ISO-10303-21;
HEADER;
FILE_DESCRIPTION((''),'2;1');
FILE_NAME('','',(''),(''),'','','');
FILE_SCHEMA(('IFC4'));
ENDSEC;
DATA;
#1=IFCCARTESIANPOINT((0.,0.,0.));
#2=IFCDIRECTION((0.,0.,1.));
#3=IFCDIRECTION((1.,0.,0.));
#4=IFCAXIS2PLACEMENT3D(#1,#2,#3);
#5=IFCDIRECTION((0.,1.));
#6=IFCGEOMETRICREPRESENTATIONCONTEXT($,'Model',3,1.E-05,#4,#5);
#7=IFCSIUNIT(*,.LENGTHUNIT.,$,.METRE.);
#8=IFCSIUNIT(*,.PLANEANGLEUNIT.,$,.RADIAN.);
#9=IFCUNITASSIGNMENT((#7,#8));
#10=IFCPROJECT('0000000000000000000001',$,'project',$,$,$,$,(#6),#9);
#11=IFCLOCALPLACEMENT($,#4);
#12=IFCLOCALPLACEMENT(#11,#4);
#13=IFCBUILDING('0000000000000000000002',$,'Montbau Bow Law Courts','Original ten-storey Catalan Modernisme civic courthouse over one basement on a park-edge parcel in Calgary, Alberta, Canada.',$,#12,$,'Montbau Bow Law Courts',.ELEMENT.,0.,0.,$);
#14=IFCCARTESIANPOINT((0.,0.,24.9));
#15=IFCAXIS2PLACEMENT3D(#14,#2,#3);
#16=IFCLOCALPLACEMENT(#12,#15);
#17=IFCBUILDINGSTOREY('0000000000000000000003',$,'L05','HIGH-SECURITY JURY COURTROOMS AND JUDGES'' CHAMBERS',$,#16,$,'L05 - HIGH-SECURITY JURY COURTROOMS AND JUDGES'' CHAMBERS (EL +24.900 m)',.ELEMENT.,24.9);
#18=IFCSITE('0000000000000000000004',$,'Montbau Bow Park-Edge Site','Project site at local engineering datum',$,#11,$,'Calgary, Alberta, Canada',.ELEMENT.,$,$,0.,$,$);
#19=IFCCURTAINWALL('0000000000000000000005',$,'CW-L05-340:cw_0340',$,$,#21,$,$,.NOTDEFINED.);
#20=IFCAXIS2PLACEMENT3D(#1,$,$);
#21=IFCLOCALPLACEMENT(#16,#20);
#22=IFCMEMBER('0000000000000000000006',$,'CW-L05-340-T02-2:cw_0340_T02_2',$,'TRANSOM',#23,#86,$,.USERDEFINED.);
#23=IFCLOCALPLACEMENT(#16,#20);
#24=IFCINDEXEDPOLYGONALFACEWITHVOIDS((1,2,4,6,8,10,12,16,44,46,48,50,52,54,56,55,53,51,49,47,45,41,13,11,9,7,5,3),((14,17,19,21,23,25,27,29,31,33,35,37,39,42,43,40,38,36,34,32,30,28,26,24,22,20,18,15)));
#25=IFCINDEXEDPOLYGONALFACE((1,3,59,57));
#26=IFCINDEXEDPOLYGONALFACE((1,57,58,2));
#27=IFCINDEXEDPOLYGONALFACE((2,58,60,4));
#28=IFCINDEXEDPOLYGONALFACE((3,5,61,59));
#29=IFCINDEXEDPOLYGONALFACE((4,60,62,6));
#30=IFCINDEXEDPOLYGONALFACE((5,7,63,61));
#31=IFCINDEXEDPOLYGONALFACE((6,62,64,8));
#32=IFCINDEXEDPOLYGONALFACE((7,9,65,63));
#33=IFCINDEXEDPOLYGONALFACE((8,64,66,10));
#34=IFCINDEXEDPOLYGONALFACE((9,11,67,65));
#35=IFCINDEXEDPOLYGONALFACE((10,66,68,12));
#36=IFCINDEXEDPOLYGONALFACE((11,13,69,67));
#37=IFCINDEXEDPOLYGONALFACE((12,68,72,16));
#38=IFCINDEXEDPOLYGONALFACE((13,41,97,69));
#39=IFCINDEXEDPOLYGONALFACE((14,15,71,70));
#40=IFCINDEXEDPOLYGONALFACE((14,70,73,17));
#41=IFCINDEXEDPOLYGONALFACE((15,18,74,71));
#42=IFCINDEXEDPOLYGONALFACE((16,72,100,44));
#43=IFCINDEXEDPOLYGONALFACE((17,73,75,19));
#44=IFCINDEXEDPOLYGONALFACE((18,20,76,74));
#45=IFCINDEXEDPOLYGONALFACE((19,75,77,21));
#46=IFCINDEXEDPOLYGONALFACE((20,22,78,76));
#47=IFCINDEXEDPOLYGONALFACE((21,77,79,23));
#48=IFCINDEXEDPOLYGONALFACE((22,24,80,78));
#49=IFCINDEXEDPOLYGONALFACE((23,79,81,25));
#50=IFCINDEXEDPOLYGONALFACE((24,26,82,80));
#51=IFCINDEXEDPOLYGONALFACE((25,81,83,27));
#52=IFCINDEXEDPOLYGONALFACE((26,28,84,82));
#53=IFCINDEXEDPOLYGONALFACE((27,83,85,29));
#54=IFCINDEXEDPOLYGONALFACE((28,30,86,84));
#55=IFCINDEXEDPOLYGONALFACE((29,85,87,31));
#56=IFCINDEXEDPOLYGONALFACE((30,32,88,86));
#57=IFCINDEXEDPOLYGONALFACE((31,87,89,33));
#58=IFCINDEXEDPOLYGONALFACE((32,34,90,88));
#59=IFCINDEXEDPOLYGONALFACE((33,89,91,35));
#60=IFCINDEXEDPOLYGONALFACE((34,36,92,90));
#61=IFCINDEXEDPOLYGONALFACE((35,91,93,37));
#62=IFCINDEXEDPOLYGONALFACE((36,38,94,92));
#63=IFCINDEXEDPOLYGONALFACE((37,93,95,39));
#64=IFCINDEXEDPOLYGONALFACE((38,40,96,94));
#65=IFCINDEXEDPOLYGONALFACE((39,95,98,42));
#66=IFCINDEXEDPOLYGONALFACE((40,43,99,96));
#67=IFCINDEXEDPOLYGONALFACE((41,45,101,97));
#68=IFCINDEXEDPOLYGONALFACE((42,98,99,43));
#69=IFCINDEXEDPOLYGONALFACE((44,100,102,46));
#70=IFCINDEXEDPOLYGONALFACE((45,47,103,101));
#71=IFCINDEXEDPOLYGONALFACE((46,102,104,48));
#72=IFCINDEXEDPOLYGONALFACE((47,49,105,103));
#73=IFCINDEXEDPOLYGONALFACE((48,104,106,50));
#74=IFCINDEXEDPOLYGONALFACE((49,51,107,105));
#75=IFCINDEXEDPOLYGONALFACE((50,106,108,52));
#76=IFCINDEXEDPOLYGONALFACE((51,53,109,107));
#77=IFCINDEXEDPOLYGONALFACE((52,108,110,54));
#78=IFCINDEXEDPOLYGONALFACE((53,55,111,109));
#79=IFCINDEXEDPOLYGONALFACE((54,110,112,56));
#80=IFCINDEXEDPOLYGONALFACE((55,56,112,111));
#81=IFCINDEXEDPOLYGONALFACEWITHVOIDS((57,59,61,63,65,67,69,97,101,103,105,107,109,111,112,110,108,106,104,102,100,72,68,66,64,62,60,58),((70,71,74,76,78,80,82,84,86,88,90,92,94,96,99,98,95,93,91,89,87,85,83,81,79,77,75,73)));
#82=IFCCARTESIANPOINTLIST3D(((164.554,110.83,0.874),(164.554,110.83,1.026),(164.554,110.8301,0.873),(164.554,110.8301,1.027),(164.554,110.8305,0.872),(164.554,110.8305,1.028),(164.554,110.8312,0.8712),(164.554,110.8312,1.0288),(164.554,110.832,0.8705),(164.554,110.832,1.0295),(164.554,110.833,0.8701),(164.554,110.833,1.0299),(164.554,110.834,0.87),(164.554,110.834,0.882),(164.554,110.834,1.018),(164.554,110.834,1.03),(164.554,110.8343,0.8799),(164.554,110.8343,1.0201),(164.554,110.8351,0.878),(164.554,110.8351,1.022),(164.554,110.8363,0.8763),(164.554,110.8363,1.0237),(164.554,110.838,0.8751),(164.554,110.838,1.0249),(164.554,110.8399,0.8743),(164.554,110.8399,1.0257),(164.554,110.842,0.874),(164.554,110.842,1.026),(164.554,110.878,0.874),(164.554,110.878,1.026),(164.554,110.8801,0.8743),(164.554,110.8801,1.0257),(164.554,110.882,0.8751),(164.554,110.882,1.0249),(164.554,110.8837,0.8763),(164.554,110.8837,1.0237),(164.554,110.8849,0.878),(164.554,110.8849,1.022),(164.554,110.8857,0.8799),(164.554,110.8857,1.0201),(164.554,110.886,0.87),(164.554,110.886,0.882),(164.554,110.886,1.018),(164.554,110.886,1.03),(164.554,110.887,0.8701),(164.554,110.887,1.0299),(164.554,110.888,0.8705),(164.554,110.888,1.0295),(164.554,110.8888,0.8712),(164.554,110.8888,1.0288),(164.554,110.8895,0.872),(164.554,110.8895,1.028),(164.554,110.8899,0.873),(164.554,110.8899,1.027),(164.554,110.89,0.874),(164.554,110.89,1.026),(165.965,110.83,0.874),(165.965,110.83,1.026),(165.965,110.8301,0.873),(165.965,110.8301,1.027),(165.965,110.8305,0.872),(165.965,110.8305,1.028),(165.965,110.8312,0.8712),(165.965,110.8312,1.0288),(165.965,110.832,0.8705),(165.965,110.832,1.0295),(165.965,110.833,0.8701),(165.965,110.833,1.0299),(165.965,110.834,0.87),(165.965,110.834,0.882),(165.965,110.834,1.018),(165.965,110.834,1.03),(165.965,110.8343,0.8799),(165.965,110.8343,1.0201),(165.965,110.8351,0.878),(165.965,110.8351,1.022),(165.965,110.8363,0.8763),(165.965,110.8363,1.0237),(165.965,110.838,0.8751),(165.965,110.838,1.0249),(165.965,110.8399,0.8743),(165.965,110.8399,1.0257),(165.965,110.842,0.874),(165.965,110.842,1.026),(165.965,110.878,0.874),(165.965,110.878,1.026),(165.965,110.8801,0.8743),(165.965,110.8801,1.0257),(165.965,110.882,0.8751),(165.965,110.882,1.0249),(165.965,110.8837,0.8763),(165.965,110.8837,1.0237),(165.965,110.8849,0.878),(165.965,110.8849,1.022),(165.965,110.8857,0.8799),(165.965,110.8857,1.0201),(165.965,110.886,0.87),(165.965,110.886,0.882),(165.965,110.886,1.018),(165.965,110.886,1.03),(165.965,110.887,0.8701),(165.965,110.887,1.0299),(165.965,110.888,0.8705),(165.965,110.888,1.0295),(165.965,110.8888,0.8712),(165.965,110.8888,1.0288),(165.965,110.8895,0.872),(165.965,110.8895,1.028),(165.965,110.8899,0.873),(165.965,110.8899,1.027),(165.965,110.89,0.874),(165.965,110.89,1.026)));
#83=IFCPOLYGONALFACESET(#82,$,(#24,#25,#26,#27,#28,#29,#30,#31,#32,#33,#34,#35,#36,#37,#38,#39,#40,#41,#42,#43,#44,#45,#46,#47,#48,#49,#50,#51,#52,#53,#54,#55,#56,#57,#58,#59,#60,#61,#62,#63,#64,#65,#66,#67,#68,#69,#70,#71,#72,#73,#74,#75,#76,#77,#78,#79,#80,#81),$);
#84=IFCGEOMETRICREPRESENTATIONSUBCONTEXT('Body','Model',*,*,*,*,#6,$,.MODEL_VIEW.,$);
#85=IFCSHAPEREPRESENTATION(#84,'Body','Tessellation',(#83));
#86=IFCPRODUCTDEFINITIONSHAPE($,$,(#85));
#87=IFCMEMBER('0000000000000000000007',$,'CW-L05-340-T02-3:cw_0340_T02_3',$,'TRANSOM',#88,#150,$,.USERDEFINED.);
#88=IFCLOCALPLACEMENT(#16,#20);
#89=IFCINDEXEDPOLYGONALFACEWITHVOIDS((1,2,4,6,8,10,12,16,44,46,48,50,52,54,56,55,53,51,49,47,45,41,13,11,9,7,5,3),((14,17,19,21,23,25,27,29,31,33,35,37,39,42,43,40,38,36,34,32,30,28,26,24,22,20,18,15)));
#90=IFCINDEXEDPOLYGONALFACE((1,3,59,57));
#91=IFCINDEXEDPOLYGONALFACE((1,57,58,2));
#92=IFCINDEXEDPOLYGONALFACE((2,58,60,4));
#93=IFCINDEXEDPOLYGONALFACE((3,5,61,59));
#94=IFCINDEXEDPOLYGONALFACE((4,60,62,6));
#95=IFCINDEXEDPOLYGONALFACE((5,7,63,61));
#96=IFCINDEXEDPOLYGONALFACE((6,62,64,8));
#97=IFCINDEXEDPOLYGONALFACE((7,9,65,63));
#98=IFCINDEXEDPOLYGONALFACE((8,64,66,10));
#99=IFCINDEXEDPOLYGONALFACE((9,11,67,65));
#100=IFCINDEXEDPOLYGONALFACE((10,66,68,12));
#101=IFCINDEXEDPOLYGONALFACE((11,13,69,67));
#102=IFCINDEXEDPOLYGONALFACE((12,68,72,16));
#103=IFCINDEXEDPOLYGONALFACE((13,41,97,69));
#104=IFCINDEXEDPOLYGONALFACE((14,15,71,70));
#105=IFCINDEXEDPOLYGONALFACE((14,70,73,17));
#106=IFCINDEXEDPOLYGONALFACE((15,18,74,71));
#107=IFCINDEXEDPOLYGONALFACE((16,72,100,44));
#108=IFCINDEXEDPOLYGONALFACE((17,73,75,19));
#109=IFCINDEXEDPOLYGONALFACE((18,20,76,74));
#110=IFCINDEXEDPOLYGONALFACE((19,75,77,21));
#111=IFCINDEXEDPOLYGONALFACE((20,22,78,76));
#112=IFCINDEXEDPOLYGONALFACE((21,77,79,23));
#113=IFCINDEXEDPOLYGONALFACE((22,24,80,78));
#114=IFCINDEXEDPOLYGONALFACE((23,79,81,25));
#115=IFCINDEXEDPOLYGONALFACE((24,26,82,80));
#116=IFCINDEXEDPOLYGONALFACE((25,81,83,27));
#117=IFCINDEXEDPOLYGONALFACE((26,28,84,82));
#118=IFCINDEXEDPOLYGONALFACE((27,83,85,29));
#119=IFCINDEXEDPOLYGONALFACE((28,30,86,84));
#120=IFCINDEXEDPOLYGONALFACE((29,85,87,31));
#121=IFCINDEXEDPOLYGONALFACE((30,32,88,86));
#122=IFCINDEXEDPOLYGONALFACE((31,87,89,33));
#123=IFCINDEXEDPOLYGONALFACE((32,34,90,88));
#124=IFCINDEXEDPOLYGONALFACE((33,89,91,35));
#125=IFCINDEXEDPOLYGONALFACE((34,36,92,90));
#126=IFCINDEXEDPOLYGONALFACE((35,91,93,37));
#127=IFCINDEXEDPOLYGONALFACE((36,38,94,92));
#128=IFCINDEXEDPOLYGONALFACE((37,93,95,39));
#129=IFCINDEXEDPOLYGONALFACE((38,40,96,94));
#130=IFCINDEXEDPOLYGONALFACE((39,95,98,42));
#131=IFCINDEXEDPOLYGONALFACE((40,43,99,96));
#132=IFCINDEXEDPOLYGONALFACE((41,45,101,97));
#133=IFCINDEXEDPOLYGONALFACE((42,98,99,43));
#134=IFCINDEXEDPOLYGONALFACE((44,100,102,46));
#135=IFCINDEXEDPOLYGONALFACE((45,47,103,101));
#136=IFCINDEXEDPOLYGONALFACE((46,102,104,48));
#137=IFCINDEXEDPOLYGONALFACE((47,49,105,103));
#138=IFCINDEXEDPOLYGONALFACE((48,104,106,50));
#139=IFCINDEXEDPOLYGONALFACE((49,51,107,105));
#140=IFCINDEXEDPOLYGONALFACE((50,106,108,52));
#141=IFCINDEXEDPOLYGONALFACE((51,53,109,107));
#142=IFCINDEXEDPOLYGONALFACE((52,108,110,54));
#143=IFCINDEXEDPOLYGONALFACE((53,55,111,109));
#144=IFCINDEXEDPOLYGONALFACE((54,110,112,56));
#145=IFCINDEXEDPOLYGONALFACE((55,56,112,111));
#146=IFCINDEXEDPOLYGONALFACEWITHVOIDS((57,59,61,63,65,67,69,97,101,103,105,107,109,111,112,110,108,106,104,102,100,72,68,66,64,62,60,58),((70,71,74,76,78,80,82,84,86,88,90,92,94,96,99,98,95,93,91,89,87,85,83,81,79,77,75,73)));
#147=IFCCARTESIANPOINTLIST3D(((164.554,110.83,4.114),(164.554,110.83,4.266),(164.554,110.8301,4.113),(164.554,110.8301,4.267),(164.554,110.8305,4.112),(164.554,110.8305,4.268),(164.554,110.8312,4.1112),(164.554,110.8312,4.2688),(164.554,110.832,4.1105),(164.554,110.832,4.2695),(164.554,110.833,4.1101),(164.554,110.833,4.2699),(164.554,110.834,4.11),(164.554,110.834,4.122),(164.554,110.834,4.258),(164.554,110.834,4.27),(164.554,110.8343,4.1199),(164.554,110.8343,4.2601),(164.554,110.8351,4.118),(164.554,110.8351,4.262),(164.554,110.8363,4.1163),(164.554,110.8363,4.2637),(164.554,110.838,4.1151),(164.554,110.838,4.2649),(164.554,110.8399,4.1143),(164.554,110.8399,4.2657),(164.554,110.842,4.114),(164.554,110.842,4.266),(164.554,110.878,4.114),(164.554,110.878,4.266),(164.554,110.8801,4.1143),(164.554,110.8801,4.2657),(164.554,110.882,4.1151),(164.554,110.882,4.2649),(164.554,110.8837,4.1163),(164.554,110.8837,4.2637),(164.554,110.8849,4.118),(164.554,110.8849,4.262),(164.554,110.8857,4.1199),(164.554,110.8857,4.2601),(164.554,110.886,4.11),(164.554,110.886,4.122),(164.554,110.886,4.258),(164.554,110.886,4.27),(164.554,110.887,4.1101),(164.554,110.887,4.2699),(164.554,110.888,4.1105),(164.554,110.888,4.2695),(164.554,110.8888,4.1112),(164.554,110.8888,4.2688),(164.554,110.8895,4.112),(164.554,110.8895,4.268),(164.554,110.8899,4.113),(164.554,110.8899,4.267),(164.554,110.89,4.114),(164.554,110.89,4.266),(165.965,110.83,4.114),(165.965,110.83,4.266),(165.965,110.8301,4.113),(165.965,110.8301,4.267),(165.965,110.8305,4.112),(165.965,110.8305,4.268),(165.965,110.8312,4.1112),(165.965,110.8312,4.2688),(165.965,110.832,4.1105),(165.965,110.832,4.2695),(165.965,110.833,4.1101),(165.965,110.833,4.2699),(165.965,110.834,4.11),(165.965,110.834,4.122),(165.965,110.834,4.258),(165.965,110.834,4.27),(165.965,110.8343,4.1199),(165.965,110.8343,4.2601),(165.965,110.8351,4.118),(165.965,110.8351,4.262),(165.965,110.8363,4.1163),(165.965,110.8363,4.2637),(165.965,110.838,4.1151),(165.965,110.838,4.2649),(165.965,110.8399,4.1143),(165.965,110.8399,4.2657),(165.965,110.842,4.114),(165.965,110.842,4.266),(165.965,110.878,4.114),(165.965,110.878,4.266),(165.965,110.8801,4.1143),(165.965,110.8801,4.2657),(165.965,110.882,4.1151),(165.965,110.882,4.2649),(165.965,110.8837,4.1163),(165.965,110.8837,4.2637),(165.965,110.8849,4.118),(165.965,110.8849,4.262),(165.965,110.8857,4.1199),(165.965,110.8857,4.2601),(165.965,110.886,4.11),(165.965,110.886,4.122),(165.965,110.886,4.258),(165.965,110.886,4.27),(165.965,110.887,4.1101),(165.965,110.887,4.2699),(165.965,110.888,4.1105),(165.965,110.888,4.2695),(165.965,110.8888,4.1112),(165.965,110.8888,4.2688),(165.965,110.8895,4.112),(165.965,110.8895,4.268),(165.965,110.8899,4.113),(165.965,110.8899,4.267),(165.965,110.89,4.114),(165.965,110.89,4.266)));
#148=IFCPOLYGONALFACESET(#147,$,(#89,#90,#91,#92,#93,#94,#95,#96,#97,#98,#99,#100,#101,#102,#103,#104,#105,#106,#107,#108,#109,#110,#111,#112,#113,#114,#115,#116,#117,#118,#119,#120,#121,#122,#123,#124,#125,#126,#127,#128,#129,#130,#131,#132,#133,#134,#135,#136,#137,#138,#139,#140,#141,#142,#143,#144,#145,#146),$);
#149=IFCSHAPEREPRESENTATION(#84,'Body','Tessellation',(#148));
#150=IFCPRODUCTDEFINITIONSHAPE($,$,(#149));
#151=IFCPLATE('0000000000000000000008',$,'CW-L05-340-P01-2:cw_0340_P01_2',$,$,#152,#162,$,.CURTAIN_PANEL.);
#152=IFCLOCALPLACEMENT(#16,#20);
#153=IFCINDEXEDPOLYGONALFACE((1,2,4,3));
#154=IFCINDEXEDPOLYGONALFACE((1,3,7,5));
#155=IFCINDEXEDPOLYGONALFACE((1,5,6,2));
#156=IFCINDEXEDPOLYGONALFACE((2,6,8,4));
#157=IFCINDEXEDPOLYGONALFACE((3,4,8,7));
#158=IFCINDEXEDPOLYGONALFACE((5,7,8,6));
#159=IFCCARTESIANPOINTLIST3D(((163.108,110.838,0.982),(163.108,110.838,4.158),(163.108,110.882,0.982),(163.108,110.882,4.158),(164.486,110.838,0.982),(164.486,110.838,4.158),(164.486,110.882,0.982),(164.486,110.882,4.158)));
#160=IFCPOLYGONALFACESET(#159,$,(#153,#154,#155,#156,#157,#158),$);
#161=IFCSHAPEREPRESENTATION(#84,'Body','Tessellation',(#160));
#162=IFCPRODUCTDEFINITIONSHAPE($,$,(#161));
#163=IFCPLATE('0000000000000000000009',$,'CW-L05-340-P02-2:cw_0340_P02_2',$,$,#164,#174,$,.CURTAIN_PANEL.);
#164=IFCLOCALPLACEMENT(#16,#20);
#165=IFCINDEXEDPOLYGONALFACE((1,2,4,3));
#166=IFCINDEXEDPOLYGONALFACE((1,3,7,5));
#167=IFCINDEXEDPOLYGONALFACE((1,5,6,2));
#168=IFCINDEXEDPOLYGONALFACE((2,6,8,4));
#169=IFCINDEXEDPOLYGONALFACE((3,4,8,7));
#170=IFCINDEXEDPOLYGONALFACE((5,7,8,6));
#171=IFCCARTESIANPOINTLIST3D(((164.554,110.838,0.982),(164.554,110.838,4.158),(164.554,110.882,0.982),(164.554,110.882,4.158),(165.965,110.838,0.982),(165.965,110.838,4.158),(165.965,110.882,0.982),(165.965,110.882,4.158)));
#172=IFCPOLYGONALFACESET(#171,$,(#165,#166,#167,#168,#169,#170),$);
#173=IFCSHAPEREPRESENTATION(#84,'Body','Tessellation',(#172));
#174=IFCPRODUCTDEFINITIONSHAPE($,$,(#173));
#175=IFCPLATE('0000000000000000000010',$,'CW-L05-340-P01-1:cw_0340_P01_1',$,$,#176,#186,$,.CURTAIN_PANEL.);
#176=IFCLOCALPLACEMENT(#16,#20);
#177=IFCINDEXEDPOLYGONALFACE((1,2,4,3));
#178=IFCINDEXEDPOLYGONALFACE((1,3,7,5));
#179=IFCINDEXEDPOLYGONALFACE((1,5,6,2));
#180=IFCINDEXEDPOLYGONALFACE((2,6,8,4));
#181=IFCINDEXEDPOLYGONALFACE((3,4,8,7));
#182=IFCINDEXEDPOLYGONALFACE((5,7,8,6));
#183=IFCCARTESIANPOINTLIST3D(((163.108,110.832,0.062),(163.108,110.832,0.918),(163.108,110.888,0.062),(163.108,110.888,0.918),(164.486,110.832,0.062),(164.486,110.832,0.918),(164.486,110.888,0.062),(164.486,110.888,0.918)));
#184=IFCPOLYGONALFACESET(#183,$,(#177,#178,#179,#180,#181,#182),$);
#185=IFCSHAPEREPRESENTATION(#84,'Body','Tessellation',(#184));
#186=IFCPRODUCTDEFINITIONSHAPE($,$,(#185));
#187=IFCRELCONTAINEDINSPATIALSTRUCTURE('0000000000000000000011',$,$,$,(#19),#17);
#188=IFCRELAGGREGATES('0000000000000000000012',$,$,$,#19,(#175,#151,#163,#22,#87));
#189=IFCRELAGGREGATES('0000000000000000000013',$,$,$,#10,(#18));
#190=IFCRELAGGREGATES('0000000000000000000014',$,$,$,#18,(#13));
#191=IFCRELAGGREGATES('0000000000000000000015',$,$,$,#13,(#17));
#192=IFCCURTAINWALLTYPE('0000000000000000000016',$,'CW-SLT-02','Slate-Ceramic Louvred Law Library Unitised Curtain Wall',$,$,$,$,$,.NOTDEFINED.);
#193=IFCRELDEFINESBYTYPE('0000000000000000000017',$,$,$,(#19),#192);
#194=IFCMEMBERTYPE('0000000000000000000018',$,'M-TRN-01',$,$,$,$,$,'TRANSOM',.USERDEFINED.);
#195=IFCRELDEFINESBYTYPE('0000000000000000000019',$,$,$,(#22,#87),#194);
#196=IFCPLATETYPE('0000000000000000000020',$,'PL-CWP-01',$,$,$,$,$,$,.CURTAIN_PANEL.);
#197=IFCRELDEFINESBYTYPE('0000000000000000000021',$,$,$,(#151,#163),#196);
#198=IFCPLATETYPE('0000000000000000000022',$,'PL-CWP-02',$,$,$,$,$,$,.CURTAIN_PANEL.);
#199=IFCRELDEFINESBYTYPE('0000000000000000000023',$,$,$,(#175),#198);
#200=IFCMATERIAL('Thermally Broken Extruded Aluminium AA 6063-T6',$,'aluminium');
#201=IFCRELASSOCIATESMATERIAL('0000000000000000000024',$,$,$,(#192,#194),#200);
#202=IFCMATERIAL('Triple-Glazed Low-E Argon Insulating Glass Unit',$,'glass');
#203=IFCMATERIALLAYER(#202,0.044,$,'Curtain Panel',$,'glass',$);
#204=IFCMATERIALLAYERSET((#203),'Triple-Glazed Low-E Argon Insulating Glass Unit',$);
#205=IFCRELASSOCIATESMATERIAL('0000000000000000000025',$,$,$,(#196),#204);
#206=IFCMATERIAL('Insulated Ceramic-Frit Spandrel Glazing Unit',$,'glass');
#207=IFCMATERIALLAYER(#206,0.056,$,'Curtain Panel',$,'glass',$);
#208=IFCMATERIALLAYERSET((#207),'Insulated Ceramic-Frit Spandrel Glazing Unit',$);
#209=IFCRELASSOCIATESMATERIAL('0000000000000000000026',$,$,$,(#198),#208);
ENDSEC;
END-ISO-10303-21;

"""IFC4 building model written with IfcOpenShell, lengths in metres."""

from ifc_helpers import new_model, si_unit, direction, frame, frame_2d, origin_with_axes, origin_2d_with_axis, place, context, subcontext, project, spatial, rectangle, hollow_rectangle, extrude, material, layer, layer_set, material_profile, profile_set, type_object, element, aggregate, save


model = new_model("IFC4")

# Units and contexts
model_context = context("Model", 3, precision=1e-05, world=origin_with_axes(), true_north=direction((0.0, 1.0)))
body_context = subcontext(model_context, "Body", "Model", "MODEL_VIEW")
ifc_project = project(units=[si_unit("LENGTHUNIT", "METRE"), si_unit("PLANEANGLEUNIT", "RADIAN")], contexts=[model_context])

# Site, building, storey
site_placement = place(None, origin_with_axes())
site = spatial("IfcSite", under=ifc_project, at=site_placement, Name="Montbau Bow Park-Edge Site", Description="Project site at local engineering datum", LongName="Calgary, Alberta, Canada", CompositionType="ELEMENT", RefElevation=0.0)
building_placement = place(site_placement, origin_with_axes())
building = spatial("IfcBuilding", under=site, at=building_placement, Name="Montbau Bow Law Courts", Description="Original ten-storey Catalan Modernisme civic courthouse over one basement on a park-edge parcel in Calgary, Alberta, Canada.", LongName="Montbau Bow Law Courts", CompositionType="ELEMENT", ElevationOfRefHeight=0.0, ElevationOfTerrain=0.0)
storey_placement = place(building_placement, frame((0.0, 0.0, 24.9), z_axis=(0.0, 0.0, 1.0), x_axis=(1.0, 0.0, 0.0)))
storey = spatial("IfcBuildingStorey", under=building, at=storey_placement, Name="L05", Description="HIGH-SECURITY JURY COURTROOMS AND JUDGES' CHAMBERS", LongName="L05 - HIGH-SECURITY JURY COURTROOMS AND JUDGES' CHAMBERS (EL +24.900 m)", CompositionType="ELEMENT", Elevation=24.9)

# Curtain wall, members, plates
ifc_material_1 = material(Name="Thermally Broken Extruded Aluminium AA 6063-T6", Category="aluminium")
curtain_wall_type = type_object("IfcCurtainWallType", Name="CW-SLT-02", Description="Slate-Ceramic Louvred Law Library Unitised Curtain Wall", PredefinedType="NOTDEFINED", material=ifc_material_1)
curtain_wall_placement = place(None, frame((163.04, 110.86, 24.9), z_axis=(0.0, 0.0, 1.0), x_axis=(1.0, 0.0, 0.0)))
curtain_wall = element("IfcCurtainWall", 1, at=curtain_wall_placement, inside=storey, type_object=curtain_wall_type, Name="CW-L05-340:cw_0340", PredefinedType="NOTDEFINED")
ifc_material_profile_1 = material_profile(ifc_material_1, hollow_rectangle(XDim=0.06, YDim=0.16, WallThickness=0.004, InnerFilletRadius=0.008, OuterFilletRadius=0.004, at=origin_2d_with_axis()), Name="CWT-160X60", Category="Main", Priority=0)
ifc_profile_set_1 = profile_set([ifc_material_profile_1], Name="Thermally Broken Extruded Aluminium AA 6063-T6")
member_type_1 = type_object("IfcMemberType", Name="M-TRN-01", ElementType="TRANSOM", PredefinedType="USERDEFINED", material=ifc_profile_set_1)
member_1_placement = place(None, frame((164.554, 110.86, 25.85), z_axis=(1.0, 0.0, 0.0), x_axis=(0.0, 1.0, 0.0)))
member_1 = element("IfcMember", 2, at=member_1_placement, type_object=member_type_1, Name="CW-L05-340-T02-2:cw_0340_T02_2", ObjectType="TRANSOM", PredefinedType="USERDEFINED", context=body_context, shape_type="SweptSolid", body=[
    extrude(hollow_rectangle(XDim=0.06, YDim=0.16, WallThickness=0.004, InnerFilletRadius=0.008, OuterFilletRadius=0.004, at=origin_2d_with_axis()), origin_with_axes(), (0.0, 0.0, 1.0), 1.411),
])
member_2_placement = place(None, frame((164.554, 110.86, 29.09), z_axis=(1.0, 0.0, 0.0), x_axis=(0.0, 1.0, 0.0)))
member_2 = element("IfcMember", 3, at=member_2_placement, type_object=member_type_1, Name="CW-L05-340-T02-3:cw_0340_T02_3", ObjectType="TRANSOM", PredefinedType="USERDEFINED", context=body_context, shape_type="SweptSolid", body=[
    extrude(hollow_rectangle(XDim=0.06, YDim=0.16, WallThickness=0.004, InnerFilletRadius=0.008, OuterFilletRadius=0.004, at=origin_2d_with_axis()), origin_with_axes(), (0.0, 0.0, 1.0), 1.411),
])
ifc_material_2 = material(Name="Triple-Glazed Low-E Argon Insulating Glass Unit", Category="glass")
ifc_layer_1 = layer(ifc_material_2, 0.044, Name="Curtain Panel", Category="glass")
ifc_layer_set_1 = layer_set([ifc_layer_1], Name="Triple-Glazed Low-E Argon Insulating Glass Unit")
plate_type_1 = type_object("IfcPlateType", Name="PL-CWP-01", PredefinedType="CURTAIN_PANEL", material=ifc_layer_set_1)
plate_1_placement = place(None, frame((163.108, 110.86, 25.882), z_axis=(0.0, -1.0, 0.0), x_axis=(1.0, 0.0, 0.0)))
plate_1 = element("IfcPlate", 4, at=plate_1_placement, type_object=plate_type_1, Name="CW-L05-340-P01-2:cw_0340_P01_2", PredefinedType="CURTAIN_PANEL", context=body_context, shape_type="SweptSolid", body=[
    extrude(rectangle(XDim=1.378, YDim=3.176, at=frame_2d((0.689, 1.588), x_axis=(1.0, 0.0))), frame((0.0, 0.0, -0.022), z_axis=(0.0, 0.0, 1.0), x_axis=(1.0, 0.0, 0.0)), (0.0, 0.0, 1.0), 0.044),
])
plate_2_placement = place(None, frame((164.554, 110.86, 25.882), z_axis=(0.0, -1.0, 0.0), x_axis=(1.0, 0.0, 0.0)))
plate_2 = element("IfcPlate", 5, at=plate_2_placement, type_object=plate_type_1, Name="CW-L05-340-P02-2:cw_0340_P02_2", PredefinedType="CURTAIN_PANEL", context=body_context, shape_type="SweptSolid", body=[
    extrude(rectangle(XDim=1.411, YDim=3.176, at=frame_2d((0.7055, 1.588), x_axis=(1.0, 0.0))), frame((0.0, 0.0, -0.022), z_axis=(0.0, 0.0, 1.0), x_axis=(1.0, 0.0, 0.0)), (0.0, 0.0, 1.0), 0.044),
])
ifc_material_3 = material(Name="Insulated Ceramic-Frit Spandrel Glazing Unit", Category="glass")
ifc_layer_2 = layer(ifc_material_3, 0.056, Name="Curtain Panel", Category="glass")
ifc_layer_set_2 = layer_set([ifc_layer_2], Name="Insulated Ceramic-Frit Spandrel Glazing Unit")
plate_type_2 = type_object("IfcPlateType", Name="PL-CWP-02", PredefinedType="CURTAIN_PANEL", material=ifc_layer_set_2)
plate_3_placement = place(None, frame((163.108, 110.86, 24.962), z_axis=(0.0, -1.0, 0.0), x_axis=(1.0, 0.0, 0.0)))
plate_3 = element("IfcPlate", 6, at=plate_3_placement, type_object=plate_type_2, Name="CW-L05-340-P01-1:cw_0340_P01_1", PredefinedType="CURTAIN_PANEL", context=body_context, shape_type="SweptSolid", body=[
    extrude(rectangle(XDim=1.378, YDim=0.856, at=frame_2d((0.689, 0.428), x_axis=(1.0, 0.0))), frame((0.0, 0.0, -0.028), z_axis=(0.0, 0.0, 1.0), x_axis=(1.0, 0.0, 0.0)), (0.0, 0.0, 1.0), 0.056),
])
aggregate(curtain_wall, [plate_3, plate_1, plate_2, member_1, member_2])

save(model, "model.ifc")
